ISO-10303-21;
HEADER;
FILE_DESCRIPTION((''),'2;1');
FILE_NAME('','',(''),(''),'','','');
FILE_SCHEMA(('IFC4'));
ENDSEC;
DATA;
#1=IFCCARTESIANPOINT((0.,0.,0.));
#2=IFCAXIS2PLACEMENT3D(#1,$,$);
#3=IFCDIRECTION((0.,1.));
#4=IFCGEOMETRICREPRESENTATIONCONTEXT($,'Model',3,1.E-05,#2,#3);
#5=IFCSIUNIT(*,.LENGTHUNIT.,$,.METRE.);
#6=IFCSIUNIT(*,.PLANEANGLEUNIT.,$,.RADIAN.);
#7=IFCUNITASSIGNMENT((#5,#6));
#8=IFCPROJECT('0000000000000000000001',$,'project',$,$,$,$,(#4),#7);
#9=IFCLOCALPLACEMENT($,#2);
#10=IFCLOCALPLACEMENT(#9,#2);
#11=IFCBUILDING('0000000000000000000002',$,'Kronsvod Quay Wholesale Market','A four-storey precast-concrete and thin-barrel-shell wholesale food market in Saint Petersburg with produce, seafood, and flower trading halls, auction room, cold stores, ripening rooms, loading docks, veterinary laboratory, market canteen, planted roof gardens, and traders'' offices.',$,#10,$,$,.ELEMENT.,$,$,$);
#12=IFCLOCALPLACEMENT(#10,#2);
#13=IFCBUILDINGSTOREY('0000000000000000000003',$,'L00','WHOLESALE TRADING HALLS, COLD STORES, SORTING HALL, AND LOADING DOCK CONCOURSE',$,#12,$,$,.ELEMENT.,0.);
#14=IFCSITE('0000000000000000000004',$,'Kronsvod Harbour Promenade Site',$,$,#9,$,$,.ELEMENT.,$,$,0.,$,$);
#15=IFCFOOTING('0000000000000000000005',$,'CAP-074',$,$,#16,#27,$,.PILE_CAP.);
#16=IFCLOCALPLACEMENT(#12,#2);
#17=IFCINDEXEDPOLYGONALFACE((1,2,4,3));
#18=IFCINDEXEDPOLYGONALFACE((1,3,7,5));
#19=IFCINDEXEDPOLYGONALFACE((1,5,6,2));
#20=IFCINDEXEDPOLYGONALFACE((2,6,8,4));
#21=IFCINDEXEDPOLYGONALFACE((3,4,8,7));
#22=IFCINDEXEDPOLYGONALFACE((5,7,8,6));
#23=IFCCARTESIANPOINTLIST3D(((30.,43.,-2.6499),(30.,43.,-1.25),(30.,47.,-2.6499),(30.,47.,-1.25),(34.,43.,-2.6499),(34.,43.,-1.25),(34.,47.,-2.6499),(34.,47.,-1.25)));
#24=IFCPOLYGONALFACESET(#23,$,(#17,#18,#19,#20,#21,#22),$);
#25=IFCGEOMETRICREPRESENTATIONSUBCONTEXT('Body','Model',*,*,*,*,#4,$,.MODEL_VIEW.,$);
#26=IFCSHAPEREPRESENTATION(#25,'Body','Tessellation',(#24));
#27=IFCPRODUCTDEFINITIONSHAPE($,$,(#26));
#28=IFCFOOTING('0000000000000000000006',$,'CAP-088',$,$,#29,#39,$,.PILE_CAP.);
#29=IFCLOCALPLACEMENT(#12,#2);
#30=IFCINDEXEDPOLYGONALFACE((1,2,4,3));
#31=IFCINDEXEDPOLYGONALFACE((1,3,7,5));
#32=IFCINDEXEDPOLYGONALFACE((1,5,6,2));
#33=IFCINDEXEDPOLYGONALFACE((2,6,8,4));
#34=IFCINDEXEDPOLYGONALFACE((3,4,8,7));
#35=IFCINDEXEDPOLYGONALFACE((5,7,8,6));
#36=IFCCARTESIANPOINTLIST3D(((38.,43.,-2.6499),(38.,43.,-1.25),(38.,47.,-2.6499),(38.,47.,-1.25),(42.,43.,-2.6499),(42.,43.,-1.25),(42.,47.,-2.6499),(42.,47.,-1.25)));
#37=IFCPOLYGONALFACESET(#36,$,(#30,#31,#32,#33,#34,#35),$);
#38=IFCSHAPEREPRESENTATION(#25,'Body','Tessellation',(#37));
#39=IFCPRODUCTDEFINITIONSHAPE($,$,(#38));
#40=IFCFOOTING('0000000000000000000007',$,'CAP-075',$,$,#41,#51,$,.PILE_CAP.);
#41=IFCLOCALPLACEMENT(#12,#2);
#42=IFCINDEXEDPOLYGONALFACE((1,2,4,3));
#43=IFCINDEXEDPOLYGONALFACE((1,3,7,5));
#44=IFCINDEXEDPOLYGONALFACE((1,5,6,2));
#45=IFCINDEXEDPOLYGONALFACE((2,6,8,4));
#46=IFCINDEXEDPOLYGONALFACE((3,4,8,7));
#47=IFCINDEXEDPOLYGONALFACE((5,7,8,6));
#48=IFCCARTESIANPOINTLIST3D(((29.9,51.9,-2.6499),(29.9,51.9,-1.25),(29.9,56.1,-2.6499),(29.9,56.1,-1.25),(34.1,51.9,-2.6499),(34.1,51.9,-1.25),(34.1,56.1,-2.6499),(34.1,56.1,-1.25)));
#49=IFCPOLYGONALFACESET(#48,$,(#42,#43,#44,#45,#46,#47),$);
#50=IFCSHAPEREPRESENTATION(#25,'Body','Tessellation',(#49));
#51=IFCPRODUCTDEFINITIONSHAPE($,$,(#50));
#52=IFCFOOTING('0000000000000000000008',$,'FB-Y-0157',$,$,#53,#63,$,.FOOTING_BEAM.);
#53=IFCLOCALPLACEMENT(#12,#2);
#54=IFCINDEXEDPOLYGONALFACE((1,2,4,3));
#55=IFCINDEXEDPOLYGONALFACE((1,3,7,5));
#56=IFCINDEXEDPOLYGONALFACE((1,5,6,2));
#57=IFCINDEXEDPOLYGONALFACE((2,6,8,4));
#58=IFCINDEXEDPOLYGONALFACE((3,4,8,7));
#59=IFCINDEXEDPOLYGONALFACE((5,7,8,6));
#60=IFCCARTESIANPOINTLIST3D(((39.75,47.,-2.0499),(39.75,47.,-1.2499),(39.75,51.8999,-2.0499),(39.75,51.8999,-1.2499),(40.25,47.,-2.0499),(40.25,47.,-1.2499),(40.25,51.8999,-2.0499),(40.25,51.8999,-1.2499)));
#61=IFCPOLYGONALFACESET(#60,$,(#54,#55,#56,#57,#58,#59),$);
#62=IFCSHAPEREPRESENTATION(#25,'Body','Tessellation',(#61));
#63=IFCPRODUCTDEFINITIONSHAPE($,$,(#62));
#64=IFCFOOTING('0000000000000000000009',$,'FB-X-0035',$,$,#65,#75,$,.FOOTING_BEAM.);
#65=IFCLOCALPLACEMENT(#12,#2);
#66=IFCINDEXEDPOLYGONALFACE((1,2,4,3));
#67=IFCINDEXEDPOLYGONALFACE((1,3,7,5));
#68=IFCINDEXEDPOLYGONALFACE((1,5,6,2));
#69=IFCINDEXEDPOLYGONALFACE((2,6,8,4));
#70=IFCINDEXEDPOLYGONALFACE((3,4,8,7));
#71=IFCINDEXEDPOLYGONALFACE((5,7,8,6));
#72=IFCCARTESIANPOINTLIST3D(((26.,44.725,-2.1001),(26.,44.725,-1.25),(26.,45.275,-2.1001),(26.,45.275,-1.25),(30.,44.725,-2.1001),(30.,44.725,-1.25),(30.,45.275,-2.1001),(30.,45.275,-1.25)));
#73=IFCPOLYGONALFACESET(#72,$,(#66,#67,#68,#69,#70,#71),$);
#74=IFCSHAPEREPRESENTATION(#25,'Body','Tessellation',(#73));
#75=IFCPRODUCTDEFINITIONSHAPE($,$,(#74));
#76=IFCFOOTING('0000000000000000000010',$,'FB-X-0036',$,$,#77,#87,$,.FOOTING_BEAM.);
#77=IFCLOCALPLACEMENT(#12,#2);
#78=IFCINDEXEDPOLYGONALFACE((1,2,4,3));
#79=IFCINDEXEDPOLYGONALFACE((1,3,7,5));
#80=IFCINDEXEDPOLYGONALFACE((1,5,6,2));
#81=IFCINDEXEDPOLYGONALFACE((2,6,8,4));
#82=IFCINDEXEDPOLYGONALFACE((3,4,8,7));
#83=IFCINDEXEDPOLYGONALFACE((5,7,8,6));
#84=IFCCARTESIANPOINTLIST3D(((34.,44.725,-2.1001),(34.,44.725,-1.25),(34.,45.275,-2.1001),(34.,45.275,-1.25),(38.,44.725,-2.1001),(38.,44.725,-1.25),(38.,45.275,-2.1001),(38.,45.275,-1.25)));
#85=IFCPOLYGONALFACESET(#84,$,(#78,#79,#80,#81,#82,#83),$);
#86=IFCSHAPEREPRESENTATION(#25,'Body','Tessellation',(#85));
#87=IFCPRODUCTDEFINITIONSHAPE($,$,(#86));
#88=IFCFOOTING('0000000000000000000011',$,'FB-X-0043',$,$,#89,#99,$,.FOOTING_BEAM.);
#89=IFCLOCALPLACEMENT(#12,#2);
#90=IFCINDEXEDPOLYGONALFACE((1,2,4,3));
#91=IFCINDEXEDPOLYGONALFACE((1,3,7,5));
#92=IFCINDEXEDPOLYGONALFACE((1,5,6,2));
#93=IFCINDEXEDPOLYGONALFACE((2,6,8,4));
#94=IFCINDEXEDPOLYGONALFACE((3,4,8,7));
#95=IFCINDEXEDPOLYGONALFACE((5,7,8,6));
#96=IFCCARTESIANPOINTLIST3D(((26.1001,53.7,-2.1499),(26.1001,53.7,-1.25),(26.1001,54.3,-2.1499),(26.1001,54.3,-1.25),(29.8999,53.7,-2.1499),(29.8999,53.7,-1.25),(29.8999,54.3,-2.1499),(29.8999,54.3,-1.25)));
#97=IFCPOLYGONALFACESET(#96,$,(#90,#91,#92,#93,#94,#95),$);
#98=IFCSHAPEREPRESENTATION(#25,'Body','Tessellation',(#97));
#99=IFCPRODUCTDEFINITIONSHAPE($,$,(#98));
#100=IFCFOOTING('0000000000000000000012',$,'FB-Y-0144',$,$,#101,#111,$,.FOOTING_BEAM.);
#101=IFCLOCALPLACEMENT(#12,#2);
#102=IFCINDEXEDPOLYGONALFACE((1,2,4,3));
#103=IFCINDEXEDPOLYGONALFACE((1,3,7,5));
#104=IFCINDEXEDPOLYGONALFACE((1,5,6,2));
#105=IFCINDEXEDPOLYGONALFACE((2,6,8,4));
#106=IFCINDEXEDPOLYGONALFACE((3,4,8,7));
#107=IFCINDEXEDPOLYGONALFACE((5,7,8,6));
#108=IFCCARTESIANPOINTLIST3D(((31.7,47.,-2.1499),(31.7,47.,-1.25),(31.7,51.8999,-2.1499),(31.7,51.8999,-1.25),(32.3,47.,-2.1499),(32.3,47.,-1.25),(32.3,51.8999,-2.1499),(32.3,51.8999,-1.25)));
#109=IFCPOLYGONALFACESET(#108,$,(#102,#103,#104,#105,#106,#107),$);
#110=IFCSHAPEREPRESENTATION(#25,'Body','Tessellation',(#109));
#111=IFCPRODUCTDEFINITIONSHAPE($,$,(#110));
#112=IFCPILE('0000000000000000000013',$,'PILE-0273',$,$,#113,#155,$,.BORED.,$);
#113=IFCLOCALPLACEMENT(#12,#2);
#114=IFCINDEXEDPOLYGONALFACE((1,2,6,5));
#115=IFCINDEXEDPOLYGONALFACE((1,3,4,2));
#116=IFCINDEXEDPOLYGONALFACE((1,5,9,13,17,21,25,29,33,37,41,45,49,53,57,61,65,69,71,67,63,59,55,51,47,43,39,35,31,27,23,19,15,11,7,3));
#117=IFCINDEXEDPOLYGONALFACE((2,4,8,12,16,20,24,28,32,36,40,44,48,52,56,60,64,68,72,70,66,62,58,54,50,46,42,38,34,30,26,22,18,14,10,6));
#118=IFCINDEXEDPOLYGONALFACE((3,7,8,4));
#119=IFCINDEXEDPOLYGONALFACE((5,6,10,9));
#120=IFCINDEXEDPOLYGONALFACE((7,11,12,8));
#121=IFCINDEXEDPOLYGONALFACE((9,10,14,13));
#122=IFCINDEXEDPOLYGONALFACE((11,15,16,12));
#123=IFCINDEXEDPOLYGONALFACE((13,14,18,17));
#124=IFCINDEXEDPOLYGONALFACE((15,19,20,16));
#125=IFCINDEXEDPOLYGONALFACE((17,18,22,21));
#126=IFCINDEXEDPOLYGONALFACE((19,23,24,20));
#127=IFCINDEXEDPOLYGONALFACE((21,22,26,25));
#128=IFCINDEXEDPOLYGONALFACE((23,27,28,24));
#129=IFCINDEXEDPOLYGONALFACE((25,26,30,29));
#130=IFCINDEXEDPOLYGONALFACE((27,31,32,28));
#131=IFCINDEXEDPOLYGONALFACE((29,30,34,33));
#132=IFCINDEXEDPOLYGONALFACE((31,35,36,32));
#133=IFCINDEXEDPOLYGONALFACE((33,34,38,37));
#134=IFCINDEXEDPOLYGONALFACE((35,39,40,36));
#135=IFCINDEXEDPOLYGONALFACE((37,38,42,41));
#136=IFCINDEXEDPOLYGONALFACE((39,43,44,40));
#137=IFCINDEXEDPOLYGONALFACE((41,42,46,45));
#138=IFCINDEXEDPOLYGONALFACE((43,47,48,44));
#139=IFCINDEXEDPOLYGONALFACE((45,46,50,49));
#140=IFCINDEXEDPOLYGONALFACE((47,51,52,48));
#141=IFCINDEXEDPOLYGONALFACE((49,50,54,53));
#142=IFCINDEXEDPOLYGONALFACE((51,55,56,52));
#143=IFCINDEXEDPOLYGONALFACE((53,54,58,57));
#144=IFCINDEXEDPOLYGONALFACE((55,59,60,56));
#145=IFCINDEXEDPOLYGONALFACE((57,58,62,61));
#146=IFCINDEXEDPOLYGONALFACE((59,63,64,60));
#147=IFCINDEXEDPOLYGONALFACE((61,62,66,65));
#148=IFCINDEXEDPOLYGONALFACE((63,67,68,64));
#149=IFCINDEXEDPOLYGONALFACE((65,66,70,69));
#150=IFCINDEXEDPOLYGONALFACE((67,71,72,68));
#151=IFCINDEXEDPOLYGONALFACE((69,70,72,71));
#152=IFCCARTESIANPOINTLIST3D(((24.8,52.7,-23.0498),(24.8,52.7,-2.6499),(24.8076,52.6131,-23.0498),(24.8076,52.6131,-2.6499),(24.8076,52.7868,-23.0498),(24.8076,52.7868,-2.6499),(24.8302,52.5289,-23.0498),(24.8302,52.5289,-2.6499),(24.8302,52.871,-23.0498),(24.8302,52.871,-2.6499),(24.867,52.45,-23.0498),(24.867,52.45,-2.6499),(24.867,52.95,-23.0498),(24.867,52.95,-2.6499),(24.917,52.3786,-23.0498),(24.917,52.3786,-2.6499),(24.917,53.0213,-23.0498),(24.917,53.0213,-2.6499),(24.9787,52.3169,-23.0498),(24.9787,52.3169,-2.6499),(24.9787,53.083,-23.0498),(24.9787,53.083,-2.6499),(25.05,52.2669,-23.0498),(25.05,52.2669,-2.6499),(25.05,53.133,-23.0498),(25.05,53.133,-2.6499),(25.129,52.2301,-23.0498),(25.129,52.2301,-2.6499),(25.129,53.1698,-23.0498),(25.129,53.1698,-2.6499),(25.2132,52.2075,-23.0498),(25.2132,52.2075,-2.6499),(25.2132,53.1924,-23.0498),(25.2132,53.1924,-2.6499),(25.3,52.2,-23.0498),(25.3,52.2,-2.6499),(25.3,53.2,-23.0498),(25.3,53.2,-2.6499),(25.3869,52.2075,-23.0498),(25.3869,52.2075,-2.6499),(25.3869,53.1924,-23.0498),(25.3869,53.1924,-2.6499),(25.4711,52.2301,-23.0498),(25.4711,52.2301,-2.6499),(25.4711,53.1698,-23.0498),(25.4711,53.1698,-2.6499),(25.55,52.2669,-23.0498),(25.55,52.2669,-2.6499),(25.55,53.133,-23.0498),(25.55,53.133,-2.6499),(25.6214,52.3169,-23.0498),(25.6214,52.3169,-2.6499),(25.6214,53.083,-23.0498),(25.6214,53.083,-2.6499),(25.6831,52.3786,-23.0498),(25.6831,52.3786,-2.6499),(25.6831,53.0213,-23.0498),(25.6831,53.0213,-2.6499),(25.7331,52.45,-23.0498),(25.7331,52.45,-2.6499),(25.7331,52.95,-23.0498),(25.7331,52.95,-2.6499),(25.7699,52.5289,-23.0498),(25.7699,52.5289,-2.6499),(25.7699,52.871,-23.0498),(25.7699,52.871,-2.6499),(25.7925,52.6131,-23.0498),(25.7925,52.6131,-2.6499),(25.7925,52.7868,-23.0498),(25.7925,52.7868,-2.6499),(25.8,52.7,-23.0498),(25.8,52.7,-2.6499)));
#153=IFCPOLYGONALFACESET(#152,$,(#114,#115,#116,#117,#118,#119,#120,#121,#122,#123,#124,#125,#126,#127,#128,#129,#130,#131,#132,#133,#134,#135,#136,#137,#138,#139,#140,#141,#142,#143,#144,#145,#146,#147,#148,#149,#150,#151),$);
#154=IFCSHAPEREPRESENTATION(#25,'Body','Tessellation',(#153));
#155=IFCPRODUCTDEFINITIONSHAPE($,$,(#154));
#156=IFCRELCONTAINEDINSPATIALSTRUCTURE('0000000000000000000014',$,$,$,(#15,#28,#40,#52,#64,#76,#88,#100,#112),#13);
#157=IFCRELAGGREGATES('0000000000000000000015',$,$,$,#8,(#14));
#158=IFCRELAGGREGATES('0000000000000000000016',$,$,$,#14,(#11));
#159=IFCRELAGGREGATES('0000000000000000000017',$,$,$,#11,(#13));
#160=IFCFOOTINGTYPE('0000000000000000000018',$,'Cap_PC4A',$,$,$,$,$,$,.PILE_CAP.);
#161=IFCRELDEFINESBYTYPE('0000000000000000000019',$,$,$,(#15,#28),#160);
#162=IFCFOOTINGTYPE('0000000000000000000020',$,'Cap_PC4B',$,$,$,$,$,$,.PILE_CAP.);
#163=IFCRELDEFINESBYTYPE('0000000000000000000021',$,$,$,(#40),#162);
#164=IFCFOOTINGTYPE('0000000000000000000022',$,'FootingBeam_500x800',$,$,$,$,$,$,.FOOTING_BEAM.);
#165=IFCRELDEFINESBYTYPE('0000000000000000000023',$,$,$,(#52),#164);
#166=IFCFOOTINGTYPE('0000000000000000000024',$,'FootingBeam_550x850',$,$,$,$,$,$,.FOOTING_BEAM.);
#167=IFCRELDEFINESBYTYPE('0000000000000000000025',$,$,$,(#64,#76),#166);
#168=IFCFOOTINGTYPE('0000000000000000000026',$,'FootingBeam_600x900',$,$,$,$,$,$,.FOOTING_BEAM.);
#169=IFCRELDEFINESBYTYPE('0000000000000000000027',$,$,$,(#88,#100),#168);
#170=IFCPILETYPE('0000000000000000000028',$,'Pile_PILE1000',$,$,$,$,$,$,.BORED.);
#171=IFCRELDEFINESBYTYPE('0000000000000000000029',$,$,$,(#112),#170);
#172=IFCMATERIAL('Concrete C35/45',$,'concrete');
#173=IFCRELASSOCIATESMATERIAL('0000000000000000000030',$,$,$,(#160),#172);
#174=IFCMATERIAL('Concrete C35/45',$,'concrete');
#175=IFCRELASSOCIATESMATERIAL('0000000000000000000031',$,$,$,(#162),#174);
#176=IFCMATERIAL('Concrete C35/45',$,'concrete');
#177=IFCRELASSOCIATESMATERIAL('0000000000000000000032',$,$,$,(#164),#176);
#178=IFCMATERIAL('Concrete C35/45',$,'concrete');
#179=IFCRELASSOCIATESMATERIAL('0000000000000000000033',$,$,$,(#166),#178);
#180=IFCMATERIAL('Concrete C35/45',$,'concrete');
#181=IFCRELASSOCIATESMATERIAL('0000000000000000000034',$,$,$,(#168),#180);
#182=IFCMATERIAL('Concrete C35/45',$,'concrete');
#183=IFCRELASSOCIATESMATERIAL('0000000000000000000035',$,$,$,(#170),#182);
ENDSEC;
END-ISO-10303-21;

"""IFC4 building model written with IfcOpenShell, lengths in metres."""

from ifc_helpers import new_model, si_unit, direction, frame, origin, origin_2d, place, context, subcontext, project, spatial, rectangle, circle, extrude, material, material_profile, profile_set, type_object, element, save


model = new_model("IFC4")

# Units and contexts
model_context = context("Model", 3, precision=1e-05, world=origin(), true_north=direction((0.0, 1.0)))
body_context = subcontext(model_context, "Body", "Model", "MODEL_VIEW")
ifc_project = project(units=[si_unit("LENGTHUNIT", "METRE"), si_unit("PLANEANGLEUNIT", "RADIAN")], contexts=[model_context])

# Site, building, storey
site_placement = place(None, origin())
site = spatial("IfcSite", under=ifc_project, at=site_placement, Name="Kronsvod Harbour Promenade Site", CompositionType="ELEMENT", RefElevation=0.0)
building_placement = place(site_placement, origin())
building = spatial("IfcBuilding", under=site, at=building_placement, Name="Kronsvod Quay Wholesale Market", Description="A four-storey precast-concrete and thin-barrel-shell wholesale food market in Saint Petersburg with produce, seafood, and flower trading halls, auction room, cold stores, ripening rooms, loading docks, veterinary laboratory, market canteen, planted roof gardens, and traders' offices.", CompositionType="ELEMENT")
storey_placement = place(building_placement, origin())
storey = spatial("IfcBuildingStorey", under=building, at=storey_placement, Name="L00", Description="WHOLESALE TRADING HALLS, COLD STORES, SORTING HALL, AND LOADING DOCK CONCOURSE", CompositionType="ELEMENT", Elevation=0.0)

# Footings
ifc_material_1 = material(Name="Concrete C35/45", Category="concrete")
footing_type_1 = type_object("IfcFootingType", Name="Cap_PC4A", PredefinedType="PILE_CAP", material=ifc_material_1)
for number, where, z_axis, x_axis, name in (
    (1, (32.0, 45.0, -2.6499), (0.0, 0.0, 1.0), (1.0, 0.0, 0.0), "CAP-074"),
    (2, (40.0, 45.0, -2.6499), (0.0, 0.0, 1.0), (1.0, 0.0, 0.0), "CAP-088"),
):
    element("IfcFooting", number, at=place(storey_placement, frame(where, z_axis=z_axis, x_axis=x_axis)), inside=storey, type_object=footing_type_1, Name=name, PredefinedType="PILE_CAP", context=body_context, shape_type="SweptSolid", body=[
        extrude(rectangle(XDim=4.0, YDim=4.0, at=origin_2d()), origin(), (0.0, 0.0, 1.0), 1.3999),
    ])
ifc_material_2 = material(Name="Concrete C35/45", Category="concrete")
footing_type_2 = type_object("IfcFootingType", Name="Cap_PC4B", PredefinedType="PILE_CAP", material=ifc_material_2)
footing_1_placement = place(storey_placement, frame((32.0, 54.0, -2.6499), z_axis=(0.0, 0.0, 1.0), x_axis=(1.0, 0.0, 0.0)))
element("IfcFooting", 3, at=footing_1_placement, inside=storey, type_object=footing_type_2, Name="CAP-075", PredefinedType="PILE_CAP", context=body_context, shape_type="SweptSolid", body=[
    extrude(rectangle(XDim=4.2, YDim=4.2, at=origin_2d()), origin(), (0.0, 0.0, 1.0), 1.3999),
])
ifc_material_3 = material(Name="Concrete C35/45", Category="concrete")
ifc_material_profile_1 = material_profile(ifc_material_3, rectangle(XDim=0.5, YDim=0.8, at=origin_2d()), Name="FB-01")
ifc_profile_set_1 = profile_set([ifc_material_profile_1], Name="Concrete C35/45")
footing_type_3 = type_object("IfcFootingType", Name="FootingBeam_500x800", PredefinedType="FOOTING_BEAM", material=ifc_profile_set_1)
footing_2_placement = place(storey_placement, frame((40.0, 47.0, -1.6499), z_axis=(0.0, 1.0, 0.0), x_axis=(-1.0, 0.0, 0.0)))
element("IfcFooting", 4, at=footing_2_placement, inside=storey, type_object=footing_type_3, Name="FB-Y-0157", PredefinedType="FOOTING_BEAM", context=body_context, shape_type="SweptSolid", body=[
    extrude(rectangle(XDim=0.5, YDim=0.8, at=origin_2d()), origin(), (0.0, 0.0, 1.0), 4.8999),
])
ifc_material_4 = material(Name="Concrete C35/45", Category="concrete")
ifc_material_profile_2 = material_profile(ifc_material_4, rectangle(XDim=0.55, YDim=0.8501, at=origin_2d()), Name="FB-03")
ifc_profile_set_2 = profile_set([ifc_material_profile_2], Name="Concrete C35/45")
footing_type_4 = type_object("IfcFootingType", Name="FootingBeam_550x850", PredefinedType="FOOTING_BEAM", material=ifc_profile_set_2)
for number, where, z_axis, x_axis, name in (
    (5, (26.0, 45.0, -1.675), (1.0, 0.0, 0.0), (0.0, 1.0, 0.0), "FB-X-0035"),
    (6, (34.0, 45.0, -1.675), (1.0, 0.0, 0.0), (0.0, 1.0, 0.0), "FB-X-0036"),
):
    element("IfcFooting", number, at=place(storey_placement, frame(where, z_axis=z_axis, x_axis=x_axis)), inside=storey, type_object=footing_type_4, Name=name, PredefinedType="FOOTING_BEAM", context=body_context, shape_type="SweptSolid", body=[
        extrude(rectangle(XDim=0.55, YDim=0.8501, at=origin_2d()), origin(), (0.0, 0.0, 1.0), 4.0),
    ])
ifc_material_5 = material(Name="Concrete C35/45", Category="concrete")
ifc_material_profile_3 = material_profile(ifc_material_5, rectangle(XDim=0.6001, YDim=0.8999, at=origin_2d()), Name="FB-02")
ifc_profile_set_3 = profile_set([ifc_material_profile_3], Name="Concrete C35/45")
footing_type_5 = type_object("IfcFootingType", Name="FootingBeam_600x900", PredefinedType="FOOTING_BEAM", material=ifc_profile_set_3)
footing_3_placement = place(storey_placement, frame((26.1001, 54.0, -1.7), z_axis=(1.0, 0.0, 0.0), x_axis=(0.0, 1.0, 0.0)))
element("IfcFooting", 7, at=footing_3_placement, inside=storey, type_object=footing_type_5, Name="FB-X-0043", PredefinedType="FOOTING_BEAM", context=body_context, shape_type="SweptSolid", body=[
    extrude(rectangle(XDim=0.6001, YDim=0.8999, at=origin_2d()), origin(), (0.0, 0.0, 1.0), 3.7998),
])
footing_4_placement = place(storey_placement, frame((32.0, 47.0, -1.7), z_axis=(0.0, 1.0, 0.0), x_axis=(-1.0, 0.0, 0.0)))
element("IfcFooting", 8, at=footing_4_placement, inside=storey, type_object=footing_type_5, Name="FB-Y-0144", PredefinedType="FOOTING_BEAM", context=body_context, shape_type="SweptSolid", body=[
    extrude(rectangle(XDim=0.6001, YDim=0.8999, at=origin_2d()), origin(), (0.0, 0.0, 1.0), 4.8999),
])

# Pile
ifc_material_6 = material(Name="Concrete C35/45", Category="concrete")
ifc_material_profile_4 = material_profile(ifc_material_6, circle(Radius=0.5, at=origin_2d()), Name="PILE1000")
ifc_profile_set_4 = profile_set([ifc_material_profile_4], Name="Concrete C35/45")
pile_type_1 = type_object("IfcPileType", Name="Pile_PILE1000", PredefinedType="BORED", material=ifc_profile_set_4)
for number, where, z_axis, x_axis, name in (
    (9, (25.3, 52.7, -2.6499), (0.0, 0.0, -1.0), (1.0, 0.0, 0.0), "PILE-0273"),
):
    element("IfcPile", number, at=place(storey_placement, frame(where, z_axis=z_axis, x_axis=x_axis)), inside=storey, type_object=pile_type_1, Name=name, PredefinedType="BORED", context=body_context, shape_type="SweptSolid", body=[
        extrude(circle(Radius=0.5, at=origin_2d()), origin(), (0.0, 0.0, 1.0), 20.3999),
    ])

save(model, "model.ifc")
